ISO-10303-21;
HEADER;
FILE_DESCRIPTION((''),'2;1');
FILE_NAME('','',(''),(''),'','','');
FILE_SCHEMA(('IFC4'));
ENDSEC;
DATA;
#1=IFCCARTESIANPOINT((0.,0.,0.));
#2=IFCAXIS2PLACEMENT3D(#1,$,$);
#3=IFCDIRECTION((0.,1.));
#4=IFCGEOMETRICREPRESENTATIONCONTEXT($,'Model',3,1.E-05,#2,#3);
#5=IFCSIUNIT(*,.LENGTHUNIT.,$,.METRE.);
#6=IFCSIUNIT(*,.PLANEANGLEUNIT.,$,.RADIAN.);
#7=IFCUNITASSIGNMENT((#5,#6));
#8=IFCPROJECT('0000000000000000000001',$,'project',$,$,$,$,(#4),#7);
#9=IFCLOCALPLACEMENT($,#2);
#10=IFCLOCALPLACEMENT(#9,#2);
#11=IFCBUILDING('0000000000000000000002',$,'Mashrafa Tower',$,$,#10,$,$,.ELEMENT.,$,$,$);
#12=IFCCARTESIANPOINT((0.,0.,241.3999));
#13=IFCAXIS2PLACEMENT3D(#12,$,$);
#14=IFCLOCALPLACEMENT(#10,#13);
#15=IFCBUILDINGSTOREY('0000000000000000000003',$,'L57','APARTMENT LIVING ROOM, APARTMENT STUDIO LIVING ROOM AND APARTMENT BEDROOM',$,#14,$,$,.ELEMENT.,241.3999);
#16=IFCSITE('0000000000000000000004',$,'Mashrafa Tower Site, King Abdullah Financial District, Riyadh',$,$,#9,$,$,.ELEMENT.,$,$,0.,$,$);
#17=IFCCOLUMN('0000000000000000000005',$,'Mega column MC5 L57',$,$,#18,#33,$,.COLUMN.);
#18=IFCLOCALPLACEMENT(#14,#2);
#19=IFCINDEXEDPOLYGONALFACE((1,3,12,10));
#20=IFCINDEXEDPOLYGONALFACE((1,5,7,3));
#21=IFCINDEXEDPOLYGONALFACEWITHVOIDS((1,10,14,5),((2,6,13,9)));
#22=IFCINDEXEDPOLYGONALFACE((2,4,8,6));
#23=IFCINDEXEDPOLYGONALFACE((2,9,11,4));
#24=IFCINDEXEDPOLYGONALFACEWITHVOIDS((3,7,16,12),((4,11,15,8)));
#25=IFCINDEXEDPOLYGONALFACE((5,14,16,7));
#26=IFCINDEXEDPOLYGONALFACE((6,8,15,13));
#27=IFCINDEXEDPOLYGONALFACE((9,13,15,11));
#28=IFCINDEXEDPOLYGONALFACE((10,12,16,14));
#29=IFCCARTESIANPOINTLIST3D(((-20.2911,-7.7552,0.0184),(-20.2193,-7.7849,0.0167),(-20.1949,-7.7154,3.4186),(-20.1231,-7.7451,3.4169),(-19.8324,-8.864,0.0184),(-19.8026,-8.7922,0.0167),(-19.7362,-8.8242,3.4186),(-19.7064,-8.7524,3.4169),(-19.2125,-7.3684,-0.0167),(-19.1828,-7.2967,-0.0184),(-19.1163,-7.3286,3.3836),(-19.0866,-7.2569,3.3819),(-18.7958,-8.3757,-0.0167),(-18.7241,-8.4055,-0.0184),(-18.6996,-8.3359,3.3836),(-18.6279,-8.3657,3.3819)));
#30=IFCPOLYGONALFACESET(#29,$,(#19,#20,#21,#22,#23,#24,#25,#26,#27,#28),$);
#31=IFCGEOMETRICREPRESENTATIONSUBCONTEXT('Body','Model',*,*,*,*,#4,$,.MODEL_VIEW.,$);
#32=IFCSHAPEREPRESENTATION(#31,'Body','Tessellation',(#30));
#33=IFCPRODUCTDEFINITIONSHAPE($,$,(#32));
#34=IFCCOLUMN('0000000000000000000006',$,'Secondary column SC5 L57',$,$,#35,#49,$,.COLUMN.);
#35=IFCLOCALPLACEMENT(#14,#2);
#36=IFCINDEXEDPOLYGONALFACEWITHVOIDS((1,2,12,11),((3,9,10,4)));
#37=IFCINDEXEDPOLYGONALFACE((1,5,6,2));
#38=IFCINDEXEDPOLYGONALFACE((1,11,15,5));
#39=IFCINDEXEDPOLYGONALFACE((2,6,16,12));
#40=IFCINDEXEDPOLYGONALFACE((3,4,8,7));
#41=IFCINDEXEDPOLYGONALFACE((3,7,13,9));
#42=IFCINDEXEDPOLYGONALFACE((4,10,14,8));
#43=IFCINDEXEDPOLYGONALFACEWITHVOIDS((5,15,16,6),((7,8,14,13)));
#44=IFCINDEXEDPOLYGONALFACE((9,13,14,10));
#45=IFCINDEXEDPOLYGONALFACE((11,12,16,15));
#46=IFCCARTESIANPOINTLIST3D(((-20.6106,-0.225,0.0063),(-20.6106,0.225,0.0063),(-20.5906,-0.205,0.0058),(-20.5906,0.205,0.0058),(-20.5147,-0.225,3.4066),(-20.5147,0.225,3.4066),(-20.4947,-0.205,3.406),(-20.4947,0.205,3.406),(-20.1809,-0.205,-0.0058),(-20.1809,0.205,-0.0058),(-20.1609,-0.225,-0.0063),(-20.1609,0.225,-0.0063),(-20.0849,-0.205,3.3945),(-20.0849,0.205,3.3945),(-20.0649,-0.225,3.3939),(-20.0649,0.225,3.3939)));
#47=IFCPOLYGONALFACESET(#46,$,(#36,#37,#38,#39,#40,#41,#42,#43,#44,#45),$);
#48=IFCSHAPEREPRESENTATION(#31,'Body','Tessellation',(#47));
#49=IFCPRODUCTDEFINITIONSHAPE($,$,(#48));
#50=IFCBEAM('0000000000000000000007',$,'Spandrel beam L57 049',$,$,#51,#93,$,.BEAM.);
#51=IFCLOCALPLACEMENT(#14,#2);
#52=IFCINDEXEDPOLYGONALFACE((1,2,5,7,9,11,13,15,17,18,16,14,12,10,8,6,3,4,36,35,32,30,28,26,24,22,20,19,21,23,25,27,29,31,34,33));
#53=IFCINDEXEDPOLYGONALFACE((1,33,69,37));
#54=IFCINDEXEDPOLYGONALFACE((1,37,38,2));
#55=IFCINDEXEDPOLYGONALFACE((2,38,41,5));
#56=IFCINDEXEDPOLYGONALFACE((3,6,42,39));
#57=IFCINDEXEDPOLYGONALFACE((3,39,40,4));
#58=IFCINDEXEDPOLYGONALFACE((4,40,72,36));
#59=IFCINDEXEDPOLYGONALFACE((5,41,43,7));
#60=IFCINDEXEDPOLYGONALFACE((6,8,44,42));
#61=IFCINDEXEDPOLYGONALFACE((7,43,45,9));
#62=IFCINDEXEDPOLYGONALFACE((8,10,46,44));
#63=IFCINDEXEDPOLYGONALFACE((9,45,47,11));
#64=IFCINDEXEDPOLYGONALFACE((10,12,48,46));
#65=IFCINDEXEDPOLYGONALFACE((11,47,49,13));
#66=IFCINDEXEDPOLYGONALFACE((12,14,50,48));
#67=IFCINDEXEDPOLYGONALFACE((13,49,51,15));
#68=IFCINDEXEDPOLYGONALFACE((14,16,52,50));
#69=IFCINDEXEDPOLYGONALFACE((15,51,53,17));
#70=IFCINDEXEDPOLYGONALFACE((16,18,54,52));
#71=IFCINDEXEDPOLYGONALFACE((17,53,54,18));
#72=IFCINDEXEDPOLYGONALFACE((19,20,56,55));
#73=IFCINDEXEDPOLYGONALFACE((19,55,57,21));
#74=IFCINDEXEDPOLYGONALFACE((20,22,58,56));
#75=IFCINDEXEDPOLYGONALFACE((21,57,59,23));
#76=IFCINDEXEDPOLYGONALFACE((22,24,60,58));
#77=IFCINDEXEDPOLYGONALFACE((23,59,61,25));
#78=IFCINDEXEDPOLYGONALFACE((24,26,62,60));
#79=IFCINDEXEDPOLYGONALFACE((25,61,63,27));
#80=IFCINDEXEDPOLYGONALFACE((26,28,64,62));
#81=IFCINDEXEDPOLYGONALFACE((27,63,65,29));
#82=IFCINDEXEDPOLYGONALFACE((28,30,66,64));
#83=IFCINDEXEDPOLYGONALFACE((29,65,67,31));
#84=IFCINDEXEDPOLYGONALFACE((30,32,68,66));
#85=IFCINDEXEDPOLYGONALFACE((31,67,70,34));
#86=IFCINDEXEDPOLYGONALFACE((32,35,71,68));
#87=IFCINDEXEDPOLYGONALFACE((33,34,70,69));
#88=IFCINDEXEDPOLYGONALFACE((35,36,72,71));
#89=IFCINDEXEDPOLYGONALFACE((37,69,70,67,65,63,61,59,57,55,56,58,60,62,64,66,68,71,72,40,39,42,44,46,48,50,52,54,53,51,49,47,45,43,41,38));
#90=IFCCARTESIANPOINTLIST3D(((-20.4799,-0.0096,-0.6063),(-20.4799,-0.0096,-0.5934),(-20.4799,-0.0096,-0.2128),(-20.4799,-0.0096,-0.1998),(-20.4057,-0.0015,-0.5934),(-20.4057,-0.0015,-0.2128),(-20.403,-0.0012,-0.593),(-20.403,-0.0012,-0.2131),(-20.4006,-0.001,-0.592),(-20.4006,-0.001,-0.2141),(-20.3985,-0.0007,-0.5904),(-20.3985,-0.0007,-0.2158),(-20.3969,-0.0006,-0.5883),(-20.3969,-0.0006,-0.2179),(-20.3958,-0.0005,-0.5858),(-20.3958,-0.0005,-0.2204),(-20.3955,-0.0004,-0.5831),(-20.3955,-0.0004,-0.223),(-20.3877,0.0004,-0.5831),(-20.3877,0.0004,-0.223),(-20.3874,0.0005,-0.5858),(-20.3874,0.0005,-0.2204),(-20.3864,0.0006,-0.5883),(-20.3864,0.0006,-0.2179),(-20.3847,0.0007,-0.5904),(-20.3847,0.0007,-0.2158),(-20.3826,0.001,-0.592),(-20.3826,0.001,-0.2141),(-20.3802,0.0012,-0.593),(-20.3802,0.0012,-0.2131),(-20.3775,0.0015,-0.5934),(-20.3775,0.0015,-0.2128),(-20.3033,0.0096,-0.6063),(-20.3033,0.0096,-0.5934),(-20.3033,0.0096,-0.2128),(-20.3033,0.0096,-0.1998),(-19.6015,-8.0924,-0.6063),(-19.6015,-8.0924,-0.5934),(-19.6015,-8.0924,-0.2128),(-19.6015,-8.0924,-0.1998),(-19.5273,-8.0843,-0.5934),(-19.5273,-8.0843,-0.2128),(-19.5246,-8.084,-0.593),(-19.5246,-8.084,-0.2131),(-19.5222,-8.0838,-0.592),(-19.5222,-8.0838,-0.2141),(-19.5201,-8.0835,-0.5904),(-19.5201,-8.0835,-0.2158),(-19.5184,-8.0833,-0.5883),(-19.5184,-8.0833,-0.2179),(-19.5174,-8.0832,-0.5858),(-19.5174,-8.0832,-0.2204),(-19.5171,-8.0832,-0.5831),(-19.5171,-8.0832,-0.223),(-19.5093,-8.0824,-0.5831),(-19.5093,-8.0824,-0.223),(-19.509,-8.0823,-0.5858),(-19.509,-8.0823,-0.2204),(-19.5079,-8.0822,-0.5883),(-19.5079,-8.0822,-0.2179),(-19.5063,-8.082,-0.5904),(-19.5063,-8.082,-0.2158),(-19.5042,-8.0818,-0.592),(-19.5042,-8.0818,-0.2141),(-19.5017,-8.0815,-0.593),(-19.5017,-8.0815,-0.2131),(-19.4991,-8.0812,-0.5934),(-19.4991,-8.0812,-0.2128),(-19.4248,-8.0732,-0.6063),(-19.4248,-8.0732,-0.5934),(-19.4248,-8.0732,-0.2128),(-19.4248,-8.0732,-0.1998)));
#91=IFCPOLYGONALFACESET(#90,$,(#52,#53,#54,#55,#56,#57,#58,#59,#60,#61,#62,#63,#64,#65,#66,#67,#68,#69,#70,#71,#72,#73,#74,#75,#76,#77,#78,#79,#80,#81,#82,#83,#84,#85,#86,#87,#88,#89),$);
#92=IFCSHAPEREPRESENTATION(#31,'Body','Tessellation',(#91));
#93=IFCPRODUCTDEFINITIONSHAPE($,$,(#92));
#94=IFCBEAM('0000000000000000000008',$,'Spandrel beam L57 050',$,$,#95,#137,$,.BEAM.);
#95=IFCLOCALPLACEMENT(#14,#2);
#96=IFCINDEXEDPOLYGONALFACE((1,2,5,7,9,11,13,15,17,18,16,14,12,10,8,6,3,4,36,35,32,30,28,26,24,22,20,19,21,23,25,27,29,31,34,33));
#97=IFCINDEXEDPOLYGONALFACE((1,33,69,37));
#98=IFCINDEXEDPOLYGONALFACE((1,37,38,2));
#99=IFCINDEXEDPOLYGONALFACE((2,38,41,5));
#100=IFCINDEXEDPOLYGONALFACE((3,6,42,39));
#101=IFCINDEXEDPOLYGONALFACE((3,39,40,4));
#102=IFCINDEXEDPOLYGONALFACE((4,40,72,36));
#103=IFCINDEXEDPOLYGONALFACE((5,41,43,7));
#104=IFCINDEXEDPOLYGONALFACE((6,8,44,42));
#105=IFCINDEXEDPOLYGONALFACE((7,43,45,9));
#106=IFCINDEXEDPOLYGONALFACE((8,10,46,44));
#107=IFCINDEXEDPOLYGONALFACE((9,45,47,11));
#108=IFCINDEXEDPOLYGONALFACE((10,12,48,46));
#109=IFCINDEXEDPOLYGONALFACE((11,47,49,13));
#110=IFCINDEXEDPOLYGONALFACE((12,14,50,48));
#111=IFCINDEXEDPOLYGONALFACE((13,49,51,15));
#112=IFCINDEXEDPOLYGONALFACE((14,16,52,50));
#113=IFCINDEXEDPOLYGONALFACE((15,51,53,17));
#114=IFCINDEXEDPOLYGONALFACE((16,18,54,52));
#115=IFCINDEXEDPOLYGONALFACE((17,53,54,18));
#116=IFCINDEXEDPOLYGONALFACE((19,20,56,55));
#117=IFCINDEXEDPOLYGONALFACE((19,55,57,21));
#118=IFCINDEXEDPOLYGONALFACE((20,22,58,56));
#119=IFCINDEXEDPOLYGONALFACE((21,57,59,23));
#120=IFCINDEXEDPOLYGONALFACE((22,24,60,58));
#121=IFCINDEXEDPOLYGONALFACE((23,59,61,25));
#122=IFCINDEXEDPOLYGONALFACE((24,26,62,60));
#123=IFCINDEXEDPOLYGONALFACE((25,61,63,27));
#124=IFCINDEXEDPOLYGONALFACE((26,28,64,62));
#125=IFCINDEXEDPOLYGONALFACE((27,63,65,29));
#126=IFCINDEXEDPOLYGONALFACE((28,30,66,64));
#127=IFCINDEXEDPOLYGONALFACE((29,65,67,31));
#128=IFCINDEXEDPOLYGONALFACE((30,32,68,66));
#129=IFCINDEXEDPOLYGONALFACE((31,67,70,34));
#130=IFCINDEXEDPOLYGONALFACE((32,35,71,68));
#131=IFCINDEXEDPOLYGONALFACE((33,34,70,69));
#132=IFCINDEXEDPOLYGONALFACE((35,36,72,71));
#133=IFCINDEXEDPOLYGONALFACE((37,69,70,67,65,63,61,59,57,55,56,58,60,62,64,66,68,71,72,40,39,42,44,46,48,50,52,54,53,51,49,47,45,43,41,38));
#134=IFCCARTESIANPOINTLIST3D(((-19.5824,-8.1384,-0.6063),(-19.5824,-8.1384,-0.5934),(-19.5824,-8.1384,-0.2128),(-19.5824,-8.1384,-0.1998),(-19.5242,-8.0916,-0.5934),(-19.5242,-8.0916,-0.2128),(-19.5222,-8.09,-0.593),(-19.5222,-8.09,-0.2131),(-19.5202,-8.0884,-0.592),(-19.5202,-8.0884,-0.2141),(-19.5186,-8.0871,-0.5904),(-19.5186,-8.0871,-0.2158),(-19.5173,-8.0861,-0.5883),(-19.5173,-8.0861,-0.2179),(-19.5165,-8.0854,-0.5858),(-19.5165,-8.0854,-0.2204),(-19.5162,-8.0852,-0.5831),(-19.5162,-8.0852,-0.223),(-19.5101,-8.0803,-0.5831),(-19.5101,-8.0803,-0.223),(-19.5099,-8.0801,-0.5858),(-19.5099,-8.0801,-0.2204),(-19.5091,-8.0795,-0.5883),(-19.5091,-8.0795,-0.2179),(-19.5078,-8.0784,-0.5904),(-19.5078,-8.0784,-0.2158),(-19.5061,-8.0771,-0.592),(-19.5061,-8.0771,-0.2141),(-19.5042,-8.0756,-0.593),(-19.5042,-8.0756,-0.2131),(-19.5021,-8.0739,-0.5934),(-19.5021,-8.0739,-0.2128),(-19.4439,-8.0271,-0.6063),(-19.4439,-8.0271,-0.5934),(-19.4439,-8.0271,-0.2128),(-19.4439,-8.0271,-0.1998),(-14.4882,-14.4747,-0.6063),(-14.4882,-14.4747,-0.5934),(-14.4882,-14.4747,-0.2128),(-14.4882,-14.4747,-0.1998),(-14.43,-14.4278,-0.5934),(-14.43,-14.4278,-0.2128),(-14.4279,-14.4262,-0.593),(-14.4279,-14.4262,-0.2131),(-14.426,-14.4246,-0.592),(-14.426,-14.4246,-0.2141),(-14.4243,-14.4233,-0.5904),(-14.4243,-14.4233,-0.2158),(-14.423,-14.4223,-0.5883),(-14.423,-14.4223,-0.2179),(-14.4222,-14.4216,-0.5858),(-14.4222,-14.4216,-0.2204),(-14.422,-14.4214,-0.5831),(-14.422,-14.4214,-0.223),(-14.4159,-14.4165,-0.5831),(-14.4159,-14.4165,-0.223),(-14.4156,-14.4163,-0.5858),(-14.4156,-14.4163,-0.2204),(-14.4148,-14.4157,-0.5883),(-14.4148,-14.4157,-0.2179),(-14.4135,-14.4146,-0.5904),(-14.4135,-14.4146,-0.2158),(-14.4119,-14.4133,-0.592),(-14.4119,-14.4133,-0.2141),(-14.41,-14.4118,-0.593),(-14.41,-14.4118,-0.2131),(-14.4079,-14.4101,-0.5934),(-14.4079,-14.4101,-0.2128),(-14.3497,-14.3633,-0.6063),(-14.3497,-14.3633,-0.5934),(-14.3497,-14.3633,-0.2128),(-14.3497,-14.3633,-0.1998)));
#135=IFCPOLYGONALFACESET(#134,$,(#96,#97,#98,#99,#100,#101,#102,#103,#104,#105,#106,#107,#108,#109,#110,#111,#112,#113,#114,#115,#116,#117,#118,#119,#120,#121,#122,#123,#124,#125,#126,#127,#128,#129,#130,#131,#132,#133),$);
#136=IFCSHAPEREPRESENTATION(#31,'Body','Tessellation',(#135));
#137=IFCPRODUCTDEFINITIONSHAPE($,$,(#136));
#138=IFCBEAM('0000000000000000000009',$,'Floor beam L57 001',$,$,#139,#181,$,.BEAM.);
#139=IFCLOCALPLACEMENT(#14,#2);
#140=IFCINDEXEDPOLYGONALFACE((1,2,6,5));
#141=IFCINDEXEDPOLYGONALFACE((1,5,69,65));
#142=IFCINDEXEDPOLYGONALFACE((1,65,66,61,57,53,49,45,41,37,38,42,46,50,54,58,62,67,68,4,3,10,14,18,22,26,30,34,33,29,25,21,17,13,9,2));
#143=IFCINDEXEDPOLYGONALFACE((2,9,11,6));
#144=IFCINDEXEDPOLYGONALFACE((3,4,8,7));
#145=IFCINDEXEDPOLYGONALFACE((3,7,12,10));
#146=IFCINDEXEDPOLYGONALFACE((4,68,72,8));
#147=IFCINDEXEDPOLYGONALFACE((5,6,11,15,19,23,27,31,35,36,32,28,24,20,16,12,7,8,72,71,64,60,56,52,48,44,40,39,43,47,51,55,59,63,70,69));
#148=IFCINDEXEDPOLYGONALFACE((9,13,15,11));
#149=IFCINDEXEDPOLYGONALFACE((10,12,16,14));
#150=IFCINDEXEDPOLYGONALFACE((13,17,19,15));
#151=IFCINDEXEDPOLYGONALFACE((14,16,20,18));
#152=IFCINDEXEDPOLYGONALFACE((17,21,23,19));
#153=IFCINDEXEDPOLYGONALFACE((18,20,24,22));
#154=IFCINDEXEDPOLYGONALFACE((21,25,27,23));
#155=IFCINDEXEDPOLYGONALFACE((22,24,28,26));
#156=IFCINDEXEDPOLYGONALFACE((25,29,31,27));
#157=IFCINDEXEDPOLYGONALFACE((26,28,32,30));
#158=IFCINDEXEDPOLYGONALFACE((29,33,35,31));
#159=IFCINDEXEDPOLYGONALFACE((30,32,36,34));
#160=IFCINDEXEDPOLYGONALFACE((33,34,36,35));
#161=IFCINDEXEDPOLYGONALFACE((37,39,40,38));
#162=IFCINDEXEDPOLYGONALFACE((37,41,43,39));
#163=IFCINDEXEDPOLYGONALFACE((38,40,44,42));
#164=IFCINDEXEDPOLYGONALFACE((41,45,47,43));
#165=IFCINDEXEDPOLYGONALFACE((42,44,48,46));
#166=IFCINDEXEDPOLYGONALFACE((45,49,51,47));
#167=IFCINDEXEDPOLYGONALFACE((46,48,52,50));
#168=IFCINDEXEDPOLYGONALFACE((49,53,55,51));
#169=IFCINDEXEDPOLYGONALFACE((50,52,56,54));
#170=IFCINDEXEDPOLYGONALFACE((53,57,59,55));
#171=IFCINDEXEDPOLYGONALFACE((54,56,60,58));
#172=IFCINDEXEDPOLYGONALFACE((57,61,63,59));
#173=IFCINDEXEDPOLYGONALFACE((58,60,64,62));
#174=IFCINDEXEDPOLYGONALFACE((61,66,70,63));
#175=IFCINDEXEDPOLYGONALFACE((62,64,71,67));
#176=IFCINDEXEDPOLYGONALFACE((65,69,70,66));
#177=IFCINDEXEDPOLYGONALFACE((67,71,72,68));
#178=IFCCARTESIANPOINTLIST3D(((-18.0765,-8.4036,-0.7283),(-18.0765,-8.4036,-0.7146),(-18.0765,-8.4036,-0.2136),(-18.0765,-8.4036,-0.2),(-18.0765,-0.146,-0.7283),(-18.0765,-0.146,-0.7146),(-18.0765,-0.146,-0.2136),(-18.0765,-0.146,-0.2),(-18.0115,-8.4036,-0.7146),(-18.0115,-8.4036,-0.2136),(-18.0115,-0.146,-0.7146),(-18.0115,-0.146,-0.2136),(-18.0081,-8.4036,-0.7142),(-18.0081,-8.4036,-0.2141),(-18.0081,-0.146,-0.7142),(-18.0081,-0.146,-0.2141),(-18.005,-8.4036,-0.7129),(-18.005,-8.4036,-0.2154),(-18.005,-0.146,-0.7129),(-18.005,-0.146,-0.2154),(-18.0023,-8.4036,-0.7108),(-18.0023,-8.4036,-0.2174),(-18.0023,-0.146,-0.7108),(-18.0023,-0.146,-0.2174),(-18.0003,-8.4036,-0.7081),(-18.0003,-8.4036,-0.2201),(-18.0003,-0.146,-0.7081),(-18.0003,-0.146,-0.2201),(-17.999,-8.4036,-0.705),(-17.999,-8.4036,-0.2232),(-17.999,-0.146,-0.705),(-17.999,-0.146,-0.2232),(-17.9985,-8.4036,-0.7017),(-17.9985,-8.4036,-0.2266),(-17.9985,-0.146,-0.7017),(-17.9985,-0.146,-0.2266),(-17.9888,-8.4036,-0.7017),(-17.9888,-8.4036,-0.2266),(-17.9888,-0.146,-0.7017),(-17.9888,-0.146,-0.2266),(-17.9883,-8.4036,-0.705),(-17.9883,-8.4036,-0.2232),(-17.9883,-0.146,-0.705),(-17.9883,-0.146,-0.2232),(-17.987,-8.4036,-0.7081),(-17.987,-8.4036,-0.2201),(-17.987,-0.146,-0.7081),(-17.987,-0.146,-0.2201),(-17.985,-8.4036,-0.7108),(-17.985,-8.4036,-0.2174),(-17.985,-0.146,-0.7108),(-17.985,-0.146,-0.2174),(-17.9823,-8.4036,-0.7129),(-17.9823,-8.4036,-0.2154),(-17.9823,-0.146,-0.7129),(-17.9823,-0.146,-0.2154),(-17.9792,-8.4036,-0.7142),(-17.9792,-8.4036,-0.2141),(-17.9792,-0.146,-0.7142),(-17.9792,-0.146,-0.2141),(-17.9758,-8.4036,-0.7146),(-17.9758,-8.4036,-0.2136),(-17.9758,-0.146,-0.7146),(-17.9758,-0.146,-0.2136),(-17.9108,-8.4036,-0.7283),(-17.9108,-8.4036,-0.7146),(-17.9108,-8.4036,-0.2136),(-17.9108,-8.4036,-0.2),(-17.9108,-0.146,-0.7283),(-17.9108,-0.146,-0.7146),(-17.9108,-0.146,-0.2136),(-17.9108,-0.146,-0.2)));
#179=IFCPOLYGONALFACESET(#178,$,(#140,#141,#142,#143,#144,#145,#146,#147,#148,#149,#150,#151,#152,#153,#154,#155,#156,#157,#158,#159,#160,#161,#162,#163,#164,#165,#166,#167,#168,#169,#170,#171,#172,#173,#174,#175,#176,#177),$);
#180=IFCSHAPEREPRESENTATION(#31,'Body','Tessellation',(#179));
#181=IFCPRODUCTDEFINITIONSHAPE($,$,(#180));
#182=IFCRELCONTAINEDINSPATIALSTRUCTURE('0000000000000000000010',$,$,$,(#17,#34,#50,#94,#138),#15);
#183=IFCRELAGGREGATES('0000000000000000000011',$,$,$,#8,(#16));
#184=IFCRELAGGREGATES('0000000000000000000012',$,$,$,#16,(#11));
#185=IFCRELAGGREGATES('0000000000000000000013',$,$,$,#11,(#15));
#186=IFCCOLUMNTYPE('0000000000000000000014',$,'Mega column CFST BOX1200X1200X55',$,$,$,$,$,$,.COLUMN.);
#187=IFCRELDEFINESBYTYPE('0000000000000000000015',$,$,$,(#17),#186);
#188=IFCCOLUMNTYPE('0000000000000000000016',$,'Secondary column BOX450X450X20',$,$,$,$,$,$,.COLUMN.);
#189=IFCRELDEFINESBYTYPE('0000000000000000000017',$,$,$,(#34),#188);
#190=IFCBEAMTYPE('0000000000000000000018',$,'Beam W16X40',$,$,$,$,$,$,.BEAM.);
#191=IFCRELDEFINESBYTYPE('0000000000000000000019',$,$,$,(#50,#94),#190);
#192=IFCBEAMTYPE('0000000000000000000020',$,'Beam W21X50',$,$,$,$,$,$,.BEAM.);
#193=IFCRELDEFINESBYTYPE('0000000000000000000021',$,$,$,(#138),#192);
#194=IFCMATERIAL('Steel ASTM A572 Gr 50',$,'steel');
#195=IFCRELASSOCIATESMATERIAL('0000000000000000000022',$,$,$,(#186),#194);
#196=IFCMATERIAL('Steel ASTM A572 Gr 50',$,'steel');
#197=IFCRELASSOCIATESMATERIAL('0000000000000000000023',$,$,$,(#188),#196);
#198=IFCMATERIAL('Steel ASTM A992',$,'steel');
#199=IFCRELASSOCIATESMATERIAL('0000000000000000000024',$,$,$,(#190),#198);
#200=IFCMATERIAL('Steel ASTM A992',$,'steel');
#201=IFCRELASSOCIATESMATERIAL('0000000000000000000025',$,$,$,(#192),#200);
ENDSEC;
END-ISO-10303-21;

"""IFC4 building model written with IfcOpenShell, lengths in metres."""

from ifc_helpers import new_model, si_unit, direction, frame, origin, origin_2d, place, context, subcontext, project, spatial, hollow_rectangle, i_section, extrude, material, material_profile, profile_set, type_object, element, save


model = new_model("IFC4")

# Units and contexts
model_context = context("Model", 3, precision=1e-05, world=origin(), true_north=direction((0.0, 1.0)))
body_context = subcontext(model_context, "Body", "Model", "MODEL_VIEW")
ifc_project = project(units=[si_unit("LENGTHUNIT", "METRE"), si_unit("PLANEANGLEUNIT", "RADIAN")], contexts=[model_context])

# Site, building, storey
site_placement = place(None, origin())
site = spatial("IfcSite", under=ifc_project, at=site_placement, Name="Mashrafa Tower Site, King Abdullah Financial District, Riyadh", CompositionType="ELEMENT", RefElevation=0.0)
building_placement = place(site_placement, origin())
building = spatial("IfcBuilding", under=site, at=building_placement, Name="Mashrafa Tower", CompositionType="ELEMENT")
storey_placement = place(building_placement, frame((0.0, 0.0, 241.3999)))
storey = spatial("IfcBuildingStorey", under=building, at=storey_placement, Name="L57", Description="APARTMENT LIVING ROOM, APARTMENT STUDIO LIVING ROOM AND APARTMENT BEDROOM", CompositionType="ELEMENT", Elevation=241.3999)

# Columns
ifc_material_1 = material(Name="Steel ASTM A572 Gr 50", Category="steel")
ifc_material_profile_1 = material_profile(ifc_material_1, hollow_rectangle(XDim=1.2, YDim=1.2, WallThickness=0.0549, at=origin_2d()), Name="BOX1200X1200X55")
ifc_profile_set_1 = profile_set([ifc_material_profile_1], Name="Steel ASTM A572 Gr 50")
column_type_1 = type_object("IfcColumnType", Name="Mega column CFST BOX1200X1200X55", PredefinedType="COLUMN", material=ifc_profile_set_1)
column_1_placement = place(storey_placement, frame((-19.5076, -8.0803, 0.0), z_axis=(0.028277, 0.011698, 0.999532), x_axis=(-0.382283, 0.924045, 0.0)))
element("IfcColumn", 1, at=column_1_placement, inside=storey, type_object=column_type_1, Name="Mega column MC5 L57", PredefinedType="COLUMN", context=body_context, shape_type="SweptSolid", body=[
    extrude(hollow_rectangle(XDim=1.2, YDim=1.2, WallThickness=0.0549, at=origin_2d()), origin(), (0.0, 0.0, 1.0), 3.4019),
])
ifc_material_2 = material(Name="Steel ASTM A572 Gr 50", Category="steel")
ifc_material_profile_2 = material_profile(ifc_material_2, hollow_rectangle(XDim=0.45, YDim=0.45, WallThickness=0.02, at=origin_2d()), Name="BOX450X450X20")
ifc_profile_set_2 = profile_set([ifc_material_profile_2], Name="Steel ASTM A572 Gr 50")
column_type_2 = type_object("IfcColumnType", Name="Secondary column BOX450X450X20", PredefinedType="COLUMN", material=ifc_profile_set_2)
column_2_placement = place(storey_placement, frame((-20.3857, 0.0, 0.0), z_axis=(0.028207, 0.0, 0.999602), x_axis=(0.0, 1.0, 0.0)))
element("IfcColumn", 2, at=column_2_placement, inside=storey, type_object=column_type_2, Name="Secondary column SC5 L57", PredefinedType="COLUMN", context=body_context, shape_type="SweptSolid", body=[
    extrude(hollow_rectangle(XDim=0.45, YDim=0.45, WallThickness=0.02, at=origin_2d()), origin(), (0.0, 0.0, 1.0), 3.4016),
])

# Beams
ifc_material_3 = material(Name="Steel ASTM A992", Category="steel")
ifc_material_profile_3 = material_profile(ifc_material_3, i_section(OverallWidth=0.1777, OverallDepth=0.4065, WebThickness=0.0078, FlangeThickness=0.0129, FilletRadius=0.0103, at=origin_2d()), Name="W16X40")
ifc_profile_set_3 = profile_set([ifc_material_profile_3], Name="Steel ASTM A992")
beam_type_1 = type_object("IfcBeamType", Name="Beam W16X40", PredefinedType="BEAM", material=ifc_profile_set_3)
beam_1_placement = place(storey_placement, frame((-20.3916, 0.0, -0.4031), z_axis=(0.108042, -0.994146, 0.0), x_axis=(0.994146, 0.108042, 0.0)))
element("IfcBeam", 3, at=beam_1_placement, inside=storey, type_object=beam_type_1, Name="Spandrel beam L57 049", PredefinedType="BEAM", context=body_context, shape_type="SweptSolid", body=[
    extrude(i_section(OverallWidth=0.1777, OverallDepth=0.4065, WebThickness=0.0078, FlangeThickness=0.0129, FilletRadius=0.0103, at=origin_2d()), origin(), (0.0, 0.0, 1.0), 8.1304),
])
beam_2_placement = place(storey_placement, frame((-19.5132, -8.0828, -0.4031), z_axis=(0.62659, -0.779349, 0.0), x_axis=(0.779349, 0.62659, 0.0)))
element("IfcBeam", 4, at=beam_2_placement, inside=storey, type_object=beam_type_1, Name="Spandrel beam L57 050", PredefinedType="BEAM", context=body_context, shape_type="SweptSolid", body=[
    extrude(i_section(OverallWidth=0.1777, OverallDepth=0.4065, WebThickness=0.0078, FlangeThickness=0.0129, FilletRadius=0.0103, at=origin_2d()), origin(), (0.0, 0.0, 1.0), 8.1301),
])
ifc_material_4 = material(Name="Steel ASTM A992", Category="steel")
ifc_material_profile_4 = material_profile(ifc_material_4, i_section(OverallWidth=0.1658, OverallDepth=0.5283, WebThickness=0.0098, FlangeThickness=0.0137, FilletRadius=0.0129, at=origin_2d()), Name="W21X50")
ifc_profile_set_4 = profile_set([ifc_material_profile_4], Name="Steel ASTM A992")
beam_type_2 = type_object("IfcBeamType", Name="Beam W21X50", PredefinedType="BEAM", material=ifc_profile_set_4)
beam_3_placement = place(storey_placement, frame((-17.9937, -8.4036, -0.4641), z_axis=(0.0, 1.0, 0.0), x_axis=(-1.0, 0.0, 0.0)))
element("IfcBeam", 5, at=beam_3_placement, inside=storey, type_object=beam_type_2, Name="Floor beam L57 001", PredefinedType="BEAM", context=body_context, shape_type="SweptSolid", body=[
    extrude(i_section(OverallWidth=0.1658, OverallDepth=0.5283, WebThickness=0.0098, FlangeThickness=0.0137, FilletRadius=0.0129, at=origin_2d()), origin(), (0.0, 0.0, 1.0), 8.2576),
])

save(model, "model.ifc")
